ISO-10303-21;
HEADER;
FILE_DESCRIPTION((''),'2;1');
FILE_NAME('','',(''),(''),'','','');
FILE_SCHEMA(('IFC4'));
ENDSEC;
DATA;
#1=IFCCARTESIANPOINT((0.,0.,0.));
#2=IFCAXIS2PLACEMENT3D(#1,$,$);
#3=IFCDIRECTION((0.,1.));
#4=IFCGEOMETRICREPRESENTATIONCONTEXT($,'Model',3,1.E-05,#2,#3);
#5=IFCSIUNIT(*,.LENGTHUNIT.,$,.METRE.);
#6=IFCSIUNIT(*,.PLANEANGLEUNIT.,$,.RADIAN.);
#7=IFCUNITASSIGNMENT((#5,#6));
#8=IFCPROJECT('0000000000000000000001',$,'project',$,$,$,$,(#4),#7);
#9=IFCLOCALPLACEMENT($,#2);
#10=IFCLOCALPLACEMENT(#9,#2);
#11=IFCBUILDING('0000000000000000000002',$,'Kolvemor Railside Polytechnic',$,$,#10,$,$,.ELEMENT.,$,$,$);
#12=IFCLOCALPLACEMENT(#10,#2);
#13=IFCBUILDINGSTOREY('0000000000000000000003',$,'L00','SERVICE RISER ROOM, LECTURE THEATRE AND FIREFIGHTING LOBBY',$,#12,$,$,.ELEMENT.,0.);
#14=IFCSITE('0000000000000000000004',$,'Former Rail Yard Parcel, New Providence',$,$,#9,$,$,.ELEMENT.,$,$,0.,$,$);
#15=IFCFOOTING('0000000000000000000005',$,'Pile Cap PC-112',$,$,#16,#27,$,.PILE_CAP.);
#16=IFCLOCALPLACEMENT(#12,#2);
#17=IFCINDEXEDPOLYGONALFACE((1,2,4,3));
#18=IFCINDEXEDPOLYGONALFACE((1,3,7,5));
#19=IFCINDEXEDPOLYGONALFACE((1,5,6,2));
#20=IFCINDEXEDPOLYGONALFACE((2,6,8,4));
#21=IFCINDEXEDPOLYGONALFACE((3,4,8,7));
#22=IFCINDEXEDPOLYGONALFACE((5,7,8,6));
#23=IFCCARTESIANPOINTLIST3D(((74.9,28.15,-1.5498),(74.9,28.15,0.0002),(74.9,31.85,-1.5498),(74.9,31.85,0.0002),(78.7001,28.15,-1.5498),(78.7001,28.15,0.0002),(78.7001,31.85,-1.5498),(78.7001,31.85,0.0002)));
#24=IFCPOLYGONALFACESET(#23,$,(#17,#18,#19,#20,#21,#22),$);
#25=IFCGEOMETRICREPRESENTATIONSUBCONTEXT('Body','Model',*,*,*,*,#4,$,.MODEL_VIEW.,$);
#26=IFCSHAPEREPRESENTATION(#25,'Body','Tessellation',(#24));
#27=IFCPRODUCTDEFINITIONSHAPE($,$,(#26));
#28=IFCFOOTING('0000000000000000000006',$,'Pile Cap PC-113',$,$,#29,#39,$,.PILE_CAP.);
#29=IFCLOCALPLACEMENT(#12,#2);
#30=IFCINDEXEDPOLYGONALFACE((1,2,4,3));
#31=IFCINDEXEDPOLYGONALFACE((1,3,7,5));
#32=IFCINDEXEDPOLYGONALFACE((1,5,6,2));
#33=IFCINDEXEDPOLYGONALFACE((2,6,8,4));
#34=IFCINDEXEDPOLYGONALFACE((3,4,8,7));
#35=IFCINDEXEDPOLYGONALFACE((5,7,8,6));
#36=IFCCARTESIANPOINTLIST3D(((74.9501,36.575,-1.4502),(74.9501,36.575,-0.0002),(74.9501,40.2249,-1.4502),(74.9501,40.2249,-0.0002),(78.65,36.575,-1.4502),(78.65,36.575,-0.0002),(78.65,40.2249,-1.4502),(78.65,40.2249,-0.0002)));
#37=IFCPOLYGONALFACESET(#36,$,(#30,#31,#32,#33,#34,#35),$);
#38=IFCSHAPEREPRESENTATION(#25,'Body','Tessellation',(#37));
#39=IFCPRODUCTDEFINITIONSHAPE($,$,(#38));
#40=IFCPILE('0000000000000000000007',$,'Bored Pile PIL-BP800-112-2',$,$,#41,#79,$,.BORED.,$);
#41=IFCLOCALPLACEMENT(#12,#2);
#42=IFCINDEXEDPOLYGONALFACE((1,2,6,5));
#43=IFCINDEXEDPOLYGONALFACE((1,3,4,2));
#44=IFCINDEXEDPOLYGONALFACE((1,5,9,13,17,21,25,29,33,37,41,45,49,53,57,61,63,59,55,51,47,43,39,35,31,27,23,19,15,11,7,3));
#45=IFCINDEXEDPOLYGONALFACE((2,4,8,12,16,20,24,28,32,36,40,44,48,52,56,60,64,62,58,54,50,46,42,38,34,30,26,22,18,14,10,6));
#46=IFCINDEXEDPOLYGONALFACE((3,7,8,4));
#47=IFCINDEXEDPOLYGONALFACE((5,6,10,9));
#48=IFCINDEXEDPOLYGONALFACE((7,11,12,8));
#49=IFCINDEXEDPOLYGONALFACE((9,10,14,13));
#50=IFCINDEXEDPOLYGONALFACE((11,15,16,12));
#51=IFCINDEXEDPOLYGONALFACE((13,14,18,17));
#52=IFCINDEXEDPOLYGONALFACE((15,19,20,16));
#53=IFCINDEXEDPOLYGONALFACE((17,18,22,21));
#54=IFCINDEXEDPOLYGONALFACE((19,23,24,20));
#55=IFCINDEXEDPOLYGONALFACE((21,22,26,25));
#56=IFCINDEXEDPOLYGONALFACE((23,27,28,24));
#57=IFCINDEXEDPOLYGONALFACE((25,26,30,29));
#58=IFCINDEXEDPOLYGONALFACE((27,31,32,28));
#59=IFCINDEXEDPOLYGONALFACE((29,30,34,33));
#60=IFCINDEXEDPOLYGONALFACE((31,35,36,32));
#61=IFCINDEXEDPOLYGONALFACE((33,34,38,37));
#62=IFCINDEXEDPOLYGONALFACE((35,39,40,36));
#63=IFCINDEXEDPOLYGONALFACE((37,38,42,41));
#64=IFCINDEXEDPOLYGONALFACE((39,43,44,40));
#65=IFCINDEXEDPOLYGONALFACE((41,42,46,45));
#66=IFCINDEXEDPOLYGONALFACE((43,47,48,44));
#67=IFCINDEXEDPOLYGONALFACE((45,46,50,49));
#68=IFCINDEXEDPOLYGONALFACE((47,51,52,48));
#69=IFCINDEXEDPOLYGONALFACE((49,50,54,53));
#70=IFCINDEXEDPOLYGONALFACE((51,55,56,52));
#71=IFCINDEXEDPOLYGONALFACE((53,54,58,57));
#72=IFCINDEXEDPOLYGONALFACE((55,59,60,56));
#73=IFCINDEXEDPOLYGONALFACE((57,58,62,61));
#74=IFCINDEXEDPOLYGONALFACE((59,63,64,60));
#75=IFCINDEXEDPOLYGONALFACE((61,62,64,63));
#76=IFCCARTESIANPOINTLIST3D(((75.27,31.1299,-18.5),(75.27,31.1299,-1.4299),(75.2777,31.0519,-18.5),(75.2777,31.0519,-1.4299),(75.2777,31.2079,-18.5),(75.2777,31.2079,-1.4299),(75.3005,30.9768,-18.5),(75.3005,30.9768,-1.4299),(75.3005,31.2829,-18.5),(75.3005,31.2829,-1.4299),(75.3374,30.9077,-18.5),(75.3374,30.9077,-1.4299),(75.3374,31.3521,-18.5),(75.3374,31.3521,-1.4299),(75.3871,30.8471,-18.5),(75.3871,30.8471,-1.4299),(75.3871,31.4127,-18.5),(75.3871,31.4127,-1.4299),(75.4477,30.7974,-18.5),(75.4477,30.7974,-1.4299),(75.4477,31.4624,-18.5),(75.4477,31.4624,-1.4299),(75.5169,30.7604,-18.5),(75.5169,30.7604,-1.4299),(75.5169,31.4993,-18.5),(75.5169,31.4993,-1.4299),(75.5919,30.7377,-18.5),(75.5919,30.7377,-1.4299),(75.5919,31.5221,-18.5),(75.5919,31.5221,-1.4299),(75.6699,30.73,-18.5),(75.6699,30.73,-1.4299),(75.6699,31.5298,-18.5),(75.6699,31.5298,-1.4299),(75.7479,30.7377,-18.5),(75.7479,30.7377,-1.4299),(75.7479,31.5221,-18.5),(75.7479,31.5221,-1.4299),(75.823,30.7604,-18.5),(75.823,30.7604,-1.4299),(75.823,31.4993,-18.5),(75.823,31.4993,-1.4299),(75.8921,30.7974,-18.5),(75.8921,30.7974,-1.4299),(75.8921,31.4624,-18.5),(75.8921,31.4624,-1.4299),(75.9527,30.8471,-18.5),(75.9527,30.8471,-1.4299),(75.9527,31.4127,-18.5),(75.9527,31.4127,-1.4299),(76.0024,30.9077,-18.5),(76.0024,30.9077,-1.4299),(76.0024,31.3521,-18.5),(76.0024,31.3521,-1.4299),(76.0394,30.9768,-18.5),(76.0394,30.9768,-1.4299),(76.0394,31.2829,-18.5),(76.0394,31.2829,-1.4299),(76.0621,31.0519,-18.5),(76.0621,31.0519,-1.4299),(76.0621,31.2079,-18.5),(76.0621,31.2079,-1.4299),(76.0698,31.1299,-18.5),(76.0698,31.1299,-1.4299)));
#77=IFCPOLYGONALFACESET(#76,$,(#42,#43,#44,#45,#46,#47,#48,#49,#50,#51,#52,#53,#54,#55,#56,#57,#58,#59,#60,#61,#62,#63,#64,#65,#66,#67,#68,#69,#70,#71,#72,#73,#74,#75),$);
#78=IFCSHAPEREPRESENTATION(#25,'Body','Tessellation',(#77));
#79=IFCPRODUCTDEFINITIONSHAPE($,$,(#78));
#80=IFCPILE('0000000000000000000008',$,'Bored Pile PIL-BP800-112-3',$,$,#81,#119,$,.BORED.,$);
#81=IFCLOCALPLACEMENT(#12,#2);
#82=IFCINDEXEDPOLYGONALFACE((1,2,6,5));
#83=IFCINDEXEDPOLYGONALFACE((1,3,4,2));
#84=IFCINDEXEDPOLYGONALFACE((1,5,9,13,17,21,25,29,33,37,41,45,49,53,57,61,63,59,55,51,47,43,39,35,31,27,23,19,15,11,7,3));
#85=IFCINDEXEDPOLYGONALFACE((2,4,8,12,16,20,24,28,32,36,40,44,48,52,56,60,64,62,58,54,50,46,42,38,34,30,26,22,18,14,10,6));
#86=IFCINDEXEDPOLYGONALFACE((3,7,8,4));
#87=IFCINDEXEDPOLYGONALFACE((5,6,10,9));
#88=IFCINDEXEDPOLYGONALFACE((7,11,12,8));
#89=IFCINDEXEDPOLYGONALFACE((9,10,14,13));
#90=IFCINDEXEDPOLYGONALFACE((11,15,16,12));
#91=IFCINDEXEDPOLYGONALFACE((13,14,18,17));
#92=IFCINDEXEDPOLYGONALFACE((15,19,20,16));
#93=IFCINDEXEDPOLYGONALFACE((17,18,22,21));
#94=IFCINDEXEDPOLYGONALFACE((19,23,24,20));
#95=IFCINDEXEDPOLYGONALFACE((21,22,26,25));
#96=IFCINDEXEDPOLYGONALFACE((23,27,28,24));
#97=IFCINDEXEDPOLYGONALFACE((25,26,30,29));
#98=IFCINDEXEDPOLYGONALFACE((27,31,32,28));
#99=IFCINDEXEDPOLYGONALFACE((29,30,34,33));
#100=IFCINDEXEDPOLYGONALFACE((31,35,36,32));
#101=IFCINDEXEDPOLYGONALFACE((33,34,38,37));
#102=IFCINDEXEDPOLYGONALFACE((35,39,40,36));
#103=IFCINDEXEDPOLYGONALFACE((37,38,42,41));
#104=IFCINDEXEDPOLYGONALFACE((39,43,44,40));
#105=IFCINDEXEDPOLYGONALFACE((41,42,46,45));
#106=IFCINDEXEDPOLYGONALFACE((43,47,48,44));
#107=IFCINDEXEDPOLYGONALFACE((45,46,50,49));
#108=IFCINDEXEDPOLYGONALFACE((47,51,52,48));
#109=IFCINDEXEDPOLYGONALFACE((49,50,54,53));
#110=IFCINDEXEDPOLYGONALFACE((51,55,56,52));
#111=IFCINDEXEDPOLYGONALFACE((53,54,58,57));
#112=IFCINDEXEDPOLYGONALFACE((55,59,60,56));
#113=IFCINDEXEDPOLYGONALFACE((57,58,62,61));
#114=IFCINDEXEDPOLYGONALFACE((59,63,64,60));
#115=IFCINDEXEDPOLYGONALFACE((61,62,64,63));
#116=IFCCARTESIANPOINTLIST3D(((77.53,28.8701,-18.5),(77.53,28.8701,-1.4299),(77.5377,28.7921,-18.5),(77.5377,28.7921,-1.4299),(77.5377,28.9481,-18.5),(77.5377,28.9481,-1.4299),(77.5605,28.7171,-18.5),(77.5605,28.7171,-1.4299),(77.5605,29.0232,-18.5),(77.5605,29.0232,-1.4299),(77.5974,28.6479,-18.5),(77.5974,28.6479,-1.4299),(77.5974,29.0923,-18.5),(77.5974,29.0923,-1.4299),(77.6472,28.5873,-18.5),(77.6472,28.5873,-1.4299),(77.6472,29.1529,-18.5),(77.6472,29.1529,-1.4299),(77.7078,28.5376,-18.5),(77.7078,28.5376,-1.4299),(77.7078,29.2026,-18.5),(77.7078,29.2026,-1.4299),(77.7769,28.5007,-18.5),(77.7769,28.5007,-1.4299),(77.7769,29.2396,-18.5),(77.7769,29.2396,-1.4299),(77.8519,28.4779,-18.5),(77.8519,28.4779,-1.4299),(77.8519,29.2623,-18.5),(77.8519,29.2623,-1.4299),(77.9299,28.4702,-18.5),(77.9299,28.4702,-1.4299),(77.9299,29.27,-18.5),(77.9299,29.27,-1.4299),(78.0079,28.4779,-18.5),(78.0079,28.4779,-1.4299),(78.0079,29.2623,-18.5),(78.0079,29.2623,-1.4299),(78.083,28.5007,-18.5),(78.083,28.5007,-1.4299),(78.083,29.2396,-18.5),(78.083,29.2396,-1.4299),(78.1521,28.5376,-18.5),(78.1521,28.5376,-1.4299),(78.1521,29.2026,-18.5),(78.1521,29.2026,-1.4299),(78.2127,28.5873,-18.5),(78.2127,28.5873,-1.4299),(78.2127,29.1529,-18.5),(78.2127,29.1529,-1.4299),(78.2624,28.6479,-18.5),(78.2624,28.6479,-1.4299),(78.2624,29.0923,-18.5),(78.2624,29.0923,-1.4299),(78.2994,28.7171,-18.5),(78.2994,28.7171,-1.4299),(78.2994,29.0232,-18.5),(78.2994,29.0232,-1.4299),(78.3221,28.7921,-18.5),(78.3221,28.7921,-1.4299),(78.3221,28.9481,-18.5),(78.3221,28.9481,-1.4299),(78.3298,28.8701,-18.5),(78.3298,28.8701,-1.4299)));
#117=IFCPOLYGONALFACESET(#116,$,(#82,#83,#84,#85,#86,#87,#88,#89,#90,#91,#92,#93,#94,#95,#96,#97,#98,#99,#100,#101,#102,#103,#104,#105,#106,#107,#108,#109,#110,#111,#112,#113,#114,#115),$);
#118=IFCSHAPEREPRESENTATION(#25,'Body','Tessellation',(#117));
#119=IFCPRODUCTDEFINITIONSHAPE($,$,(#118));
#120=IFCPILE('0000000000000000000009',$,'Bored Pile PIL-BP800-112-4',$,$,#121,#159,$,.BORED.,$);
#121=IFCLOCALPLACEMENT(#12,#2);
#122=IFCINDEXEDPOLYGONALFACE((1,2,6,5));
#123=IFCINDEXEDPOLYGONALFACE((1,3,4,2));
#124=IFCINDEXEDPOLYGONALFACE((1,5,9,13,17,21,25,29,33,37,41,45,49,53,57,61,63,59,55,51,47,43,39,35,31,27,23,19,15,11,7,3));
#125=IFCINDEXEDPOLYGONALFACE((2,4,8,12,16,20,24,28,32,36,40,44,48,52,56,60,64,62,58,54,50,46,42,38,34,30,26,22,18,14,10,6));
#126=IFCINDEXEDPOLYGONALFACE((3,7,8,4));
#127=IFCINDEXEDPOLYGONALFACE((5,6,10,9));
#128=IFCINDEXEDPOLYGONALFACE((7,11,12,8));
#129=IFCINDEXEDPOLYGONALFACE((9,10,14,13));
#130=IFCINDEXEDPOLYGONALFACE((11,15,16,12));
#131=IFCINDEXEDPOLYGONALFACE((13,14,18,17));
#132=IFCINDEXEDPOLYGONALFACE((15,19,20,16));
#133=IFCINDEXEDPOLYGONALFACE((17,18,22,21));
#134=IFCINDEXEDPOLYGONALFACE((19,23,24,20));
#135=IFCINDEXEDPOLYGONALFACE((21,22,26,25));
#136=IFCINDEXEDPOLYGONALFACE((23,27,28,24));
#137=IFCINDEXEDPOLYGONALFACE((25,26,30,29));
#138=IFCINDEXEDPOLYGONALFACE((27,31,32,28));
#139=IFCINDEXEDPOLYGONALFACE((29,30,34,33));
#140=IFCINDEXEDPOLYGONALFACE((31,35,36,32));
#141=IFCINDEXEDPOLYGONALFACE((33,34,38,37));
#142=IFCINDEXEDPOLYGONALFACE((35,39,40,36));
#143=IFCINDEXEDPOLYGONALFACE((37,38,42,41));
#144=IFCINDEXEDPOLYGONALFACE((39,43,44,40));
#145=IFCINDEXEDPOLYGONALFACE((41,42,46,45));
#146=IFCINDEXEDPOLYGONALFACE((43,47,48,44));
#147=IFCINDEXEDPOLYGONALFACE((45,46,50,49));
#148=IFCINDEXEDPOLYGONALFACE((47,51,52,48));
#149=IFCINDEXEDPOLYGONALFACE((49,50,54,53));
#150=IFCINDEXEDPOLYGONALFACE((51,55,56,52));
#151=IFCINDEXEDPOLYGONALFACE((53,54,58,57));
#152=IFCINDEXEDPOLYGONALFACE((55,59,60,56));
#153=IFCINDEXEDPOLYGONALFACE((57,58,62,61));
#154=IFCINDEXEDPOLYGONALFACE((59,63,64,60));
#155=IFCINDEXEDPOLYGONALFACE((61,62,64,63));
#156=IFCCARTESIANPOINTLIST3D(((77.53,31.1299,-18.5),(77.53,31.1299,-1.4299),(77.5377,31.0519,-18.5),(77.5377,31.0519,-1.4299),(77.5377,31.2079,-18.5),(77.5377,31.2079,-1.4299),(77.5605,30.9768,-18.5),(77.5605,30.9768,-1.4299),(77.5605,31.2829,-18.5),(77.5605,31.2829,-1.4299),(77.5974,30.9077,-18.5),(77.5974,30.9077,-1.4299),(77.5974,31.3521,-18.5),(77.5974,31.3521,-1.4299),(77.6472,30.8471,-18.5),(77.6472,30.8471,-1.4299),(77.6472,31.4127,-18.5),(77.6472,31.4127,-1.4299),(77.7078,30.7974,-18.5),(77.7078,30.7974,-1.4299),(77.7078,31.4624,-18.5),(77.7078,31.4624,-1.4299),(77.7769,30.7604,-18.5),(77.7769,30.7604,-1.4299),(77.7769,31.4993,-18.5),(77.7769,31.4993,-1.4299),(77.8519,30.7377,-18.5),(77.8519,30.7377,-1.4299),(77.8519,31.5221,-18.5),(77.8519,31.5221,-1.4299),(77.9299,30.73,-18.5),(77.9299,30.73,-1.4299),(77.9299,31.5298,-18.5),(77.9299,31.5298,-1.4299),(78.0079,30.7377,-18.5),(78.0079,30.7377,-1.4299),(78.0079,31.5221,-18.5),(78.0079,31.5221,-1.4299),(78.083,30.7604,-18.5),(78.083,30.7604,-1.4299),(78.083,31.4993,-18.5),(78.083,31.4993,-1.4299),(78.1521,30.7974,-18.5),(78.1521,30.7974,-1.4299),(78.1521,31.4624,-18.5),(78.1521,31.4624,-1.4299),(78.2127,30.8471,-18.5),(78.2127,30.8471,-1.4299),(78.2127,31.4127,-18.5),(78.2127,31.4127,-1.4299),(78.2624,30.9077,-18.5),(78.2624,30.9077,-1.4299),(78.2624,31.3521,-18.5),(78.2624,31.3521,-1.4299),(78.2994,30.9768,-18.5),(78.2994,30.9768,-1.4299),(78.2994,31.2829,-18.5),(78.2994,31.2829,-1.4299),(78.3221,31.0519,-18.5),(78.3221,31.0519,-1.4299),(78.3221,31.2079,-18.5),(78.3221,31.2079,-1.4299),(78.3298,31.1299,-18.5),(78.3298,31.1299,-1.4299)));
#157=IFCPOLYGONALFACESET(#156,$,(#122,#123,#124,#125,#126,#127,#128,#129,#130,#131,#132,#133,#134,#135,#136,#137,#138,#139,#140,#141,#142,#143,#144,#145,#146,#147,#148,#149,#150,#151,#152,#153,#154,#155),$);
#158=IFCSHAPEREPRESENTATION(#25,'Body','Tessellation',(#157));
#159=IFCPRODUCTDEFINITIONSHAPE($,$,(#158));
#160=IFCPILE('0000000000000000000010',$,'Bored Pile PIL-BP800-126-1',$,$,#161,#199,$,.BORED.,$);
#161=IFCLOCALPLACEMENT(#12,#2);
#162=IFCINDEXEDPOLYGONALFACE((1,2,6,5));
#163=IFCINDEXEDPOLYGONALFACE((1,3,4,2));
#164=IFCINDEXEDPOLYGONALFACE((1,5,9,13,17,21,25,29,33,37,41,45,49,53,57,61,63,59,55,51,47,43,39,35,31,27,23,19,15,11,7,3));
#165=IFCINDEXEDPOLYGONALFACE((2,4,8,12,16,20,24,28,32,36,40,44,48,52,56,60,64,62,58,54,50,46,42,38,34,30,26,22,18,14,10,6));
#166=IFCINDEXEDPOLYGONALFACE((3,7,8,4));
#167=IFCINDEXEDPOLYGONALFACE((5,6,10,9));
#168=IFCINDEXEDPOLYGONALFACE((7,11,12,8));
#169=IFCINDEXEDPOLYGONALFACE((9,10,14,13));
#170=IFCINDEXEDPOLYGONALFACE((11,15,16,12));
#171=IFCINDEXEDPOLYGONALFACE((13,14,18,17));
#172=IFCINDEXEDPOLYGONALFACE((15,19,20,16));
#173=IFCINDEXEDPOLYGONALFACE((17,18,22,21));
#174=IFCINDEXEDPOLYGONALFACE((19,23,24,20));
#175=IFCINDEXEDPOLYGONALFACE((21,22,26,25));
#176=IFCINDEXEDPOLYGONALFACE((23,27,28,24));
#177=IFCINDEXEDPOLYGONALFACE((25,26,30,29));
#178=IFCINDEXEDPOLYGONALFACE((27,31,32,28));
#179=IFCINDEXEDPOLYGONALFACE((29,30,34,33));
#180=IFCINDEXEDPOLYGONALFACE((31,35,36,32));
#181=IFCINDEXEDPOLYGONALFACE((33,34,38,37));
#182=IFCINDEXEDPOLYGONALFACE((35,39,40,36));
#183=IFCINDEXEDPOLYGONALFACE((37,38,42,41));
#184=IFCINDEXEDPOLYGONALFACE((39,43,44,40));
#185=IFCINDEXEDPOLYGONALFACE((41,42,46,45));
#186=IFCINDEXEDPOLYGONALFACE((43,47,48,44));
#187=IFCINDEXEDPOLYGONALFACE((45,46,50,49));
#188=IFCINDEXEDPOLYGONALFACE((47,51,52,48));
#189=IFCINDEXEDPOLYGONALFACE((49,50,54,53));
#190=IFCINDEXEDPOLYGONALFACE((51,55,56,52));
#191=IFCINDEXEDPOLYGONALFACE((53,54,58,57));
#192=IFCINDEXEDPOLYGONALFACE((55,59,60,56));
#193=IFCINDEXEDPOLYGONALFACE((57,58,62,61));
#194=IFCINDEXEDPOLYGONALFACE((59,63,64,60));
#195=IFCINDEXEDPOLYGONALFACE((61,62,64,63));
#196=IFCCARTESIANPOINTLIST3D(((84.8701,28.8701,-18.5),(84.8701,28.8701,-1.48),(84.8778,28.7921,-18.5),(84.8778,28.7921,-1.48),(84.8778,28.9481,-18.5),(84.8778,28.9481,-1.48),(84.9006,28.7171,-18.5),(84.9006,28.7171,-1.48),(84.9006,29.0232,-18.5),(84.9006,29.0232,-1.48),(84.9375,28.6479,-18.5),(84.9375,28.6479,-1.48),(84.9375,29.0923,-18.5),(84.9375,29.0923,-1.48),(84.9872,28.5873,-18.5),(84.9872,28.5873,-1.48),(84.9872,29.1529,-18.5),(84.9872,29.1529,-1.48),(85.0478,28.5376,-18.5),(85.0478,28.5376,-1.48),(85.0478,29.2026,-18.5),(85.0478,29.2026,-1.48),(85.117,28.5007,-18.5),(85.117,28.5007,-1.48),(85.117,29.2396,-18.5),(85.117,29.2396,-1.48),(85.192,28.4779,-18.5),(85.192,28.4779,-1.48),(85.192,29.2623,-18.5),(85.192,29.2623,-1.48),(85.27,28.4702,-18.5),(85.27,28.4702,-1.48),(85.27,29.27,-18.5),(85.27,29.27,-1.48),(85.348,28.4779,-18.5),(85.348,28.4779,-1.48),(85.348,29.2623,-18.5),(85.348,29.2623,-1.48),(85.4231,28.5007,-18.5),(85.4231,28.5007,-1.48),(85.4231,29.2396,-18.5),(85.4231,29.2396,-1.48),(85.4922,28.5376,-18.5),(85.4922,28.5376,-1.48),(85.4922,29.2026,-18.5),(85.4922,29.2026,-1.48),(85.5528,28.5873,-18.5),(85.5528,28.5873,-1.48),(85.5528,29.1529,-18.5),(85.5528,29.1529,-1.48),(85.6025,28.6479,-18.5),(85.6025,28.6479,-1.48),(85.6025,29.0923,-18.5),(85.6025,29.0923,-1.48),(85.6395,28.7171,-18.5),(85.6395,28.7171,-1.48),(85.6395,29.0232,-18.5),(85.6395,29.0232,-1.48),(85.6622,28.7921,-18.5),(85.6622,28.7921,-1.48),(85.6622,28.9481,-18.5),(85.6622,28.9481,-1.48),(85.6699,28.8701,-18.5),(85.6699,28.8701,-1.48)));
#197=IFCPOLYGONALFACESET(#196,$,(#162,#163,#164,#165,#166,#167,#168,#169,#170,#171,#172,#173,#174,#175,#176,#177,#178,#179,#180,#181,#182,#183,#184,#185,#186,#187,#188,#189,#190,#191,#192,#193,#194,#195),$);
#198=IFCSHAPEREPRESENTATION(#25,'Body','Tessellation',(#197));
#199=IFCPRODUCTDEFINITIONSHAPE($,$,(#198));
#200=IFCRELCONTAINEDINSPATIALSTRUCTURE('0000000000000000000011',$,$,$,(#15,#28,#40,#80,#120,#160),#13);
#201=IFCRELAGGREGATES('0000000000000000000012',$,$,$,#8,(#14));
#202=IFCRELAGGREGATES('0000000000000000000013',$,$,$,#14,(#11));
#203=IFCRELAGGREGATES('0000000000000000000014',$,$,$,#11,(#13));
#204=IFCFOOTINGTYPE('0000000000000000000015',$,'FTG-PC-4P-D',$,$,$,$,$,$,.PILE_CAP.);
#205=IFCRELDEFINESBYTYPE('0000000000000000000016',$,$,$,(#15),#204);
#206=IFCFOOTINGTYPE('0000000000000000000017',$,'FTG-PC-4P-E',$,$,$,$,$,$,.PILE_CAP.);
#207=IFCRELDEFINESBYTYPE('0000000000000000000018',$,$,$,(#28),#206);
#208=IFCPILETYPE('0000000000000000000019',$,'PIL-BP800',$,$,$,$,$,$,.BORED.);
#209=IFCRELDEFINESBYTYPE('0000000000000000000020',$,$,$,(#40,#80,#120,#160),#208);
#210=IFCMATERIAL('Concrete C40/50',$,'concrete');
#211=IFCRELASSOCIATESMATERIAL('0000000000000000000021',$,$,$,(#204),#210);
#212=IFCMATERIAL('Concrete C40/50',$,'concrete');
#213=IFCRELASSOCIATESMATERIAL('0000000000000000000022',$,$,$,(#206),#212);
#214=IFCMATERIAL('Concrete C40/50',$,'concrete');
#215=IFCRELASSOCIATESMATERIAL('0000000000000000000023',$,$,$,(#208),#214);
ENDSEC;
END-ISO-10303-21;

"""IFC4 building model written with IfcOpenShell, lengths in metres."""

from ifc_helpers import new_model, si_unit, direction, frame, origin, origin_2d, place, context, subcontext, project, spatial, rectangle, circle, extrude, material, material_profile, profile_set, type_object, element, save


model = new_model("IFC4")

# Units and contexts
model_context = context("Model", 3, precision=1e-05, world=origin(), true_north=direction((0.0, 1.0)))
body_context = subcontext(model_context, "Body", "Model", "MODEL_VIEW")
ifc_project = project(units=[si_unit("LENGTHUNIT", "METRE"), si_unit("PLANEANGLEUNIT", "RADIAN")], contexts=[model_context])

# Site, building, storey
site_placement = place(None, origin())
site = spatial("IfcSite", under=ifc_project, at=site_placement, Name="Former Rail Yard Parcel, New Providence", CompositionType="ELEMENT", RefElevation=0.0)
building_placement = place(site_placement, origin())
building = spatial("IfcBuilding", under=site, at=building_placement, Name="Kolvemor Railside Polytechnic", CompositionType="ELEMENT")
storey_placement = place(building_placement, origin())
storey = spatial("IfcBuildingStorey", under=building, at=storey_placement, Name="L00", Description="SERVICE RISER ROOM, LECTURE THEATRE AND FIREFIGHTING LOBBY", CompositionType="ELEMENT", Elevation=0.0)

# Footings
ifc_material_1 = material(Name="Concrete C40/50", Category="concrete")
footing_type_1 = type_object("IfcFootingType", Name="FTG-PC-4P-D", PredefinedType="PILE_CAP", material=ifc_material_1)
footing_1_placement = place(storey_placement, frame((76.8, 30.0, -1.5498), z_axis=(0.0, 0.0, 1.0), x_axis=(1.0, 0.0, 0.0)))
element("IfcFooting", 1, at=footing_1_placement, inside=storey, type_object=footing_type_1, Name="Pile Cap PC-112", PredefinedType="PILE_CAP", context=body_context, shape_type="SweptSolid", body=[
    extrude(rectangle(XDim=3.8, YDim=3.7, at=origin_2d()), origin(), (0.0, 0.0, 1.0), 1.55),
])
ifc_material_2 = material(Name="Concrete C40/50", Category="concrete")
footing_type_2 = type_object("IfcFootingType", Name="FTG-PC-4P-E", PredefinedType="PILE_CAP", material=ifc_material_2)
footing_2_placement = place(storey_placement, frame((76.8, 38.3999, -1.4502), z_axis=(0.0, 0.0, 1.0), x_axis=(1.0, 0.0, 0.0)))
element("IfcFooting", 2, at=footing_2_placement, inside=storey, type_object=footing_type_2, Name="Pile Cap PC-113", PredefinedType="PILE_CAP", context=body_context, shape_type="SweptSolid", body=[
    extrude(rectangle(XDim=3.7, YDim=3.6499, at=origin_2d()), origin(), (0.0, 0.0, 1.0), 1.45),
])

# Piles
ifc_material_3 = material(Name="Concrete C40/50", Category="concrete")
ifc_material_profile_1 = material_profile(ifc_material_3, circle(Radius=0.3999, at=origin_2d()), Name="BP800")
ifc_profile_set_1 = profile_set([ifc_material_profile_1], Name="Concrete C40/50")
pile_type_1 = type_object("IfcPileType", Name="PIL-BP800", PredefinedType="BORED", material=ifc_profile_set_1)
for number, where, z_axis, x_axis, name in (
    (3, (75.6699, 31.1299, -1.4299), (0.0, 0.0, -1.0), (1.0, 0.0, 0.0), "Bored Pile PIL-BP800-112-2"),
    (4, (77.9299, 28.8701, -1.4299), (0.0, 0.0, -1.0), (1.0, 0.0, 0.0), "Bored Pile PIL-BP800-112-3"),
    (5, (77.9299, 31.1299, -1.4299), (0.0, 0.0, -1.0), (1.0, 0.0, 0.0), "Bored Pile PIL-BP800-112-4"),
):
    element("IfcPile", number, at=place(storey_placement, frame(where, z_axis=z_axis, x_axis=x_axis)), inside=storey, type_object=pile_type_1, Name=name, PredefinedType="BORED", context=body_context, shape_type="SweptSolid", body=[
        extrude(circle(Radius=0.3999, at=origin_2d()), origin(), (0.0, 0.0, 1.0), 17.0701),
    ])
for number, where, z_axis, x_axis, name in (
    (6, (85.27, 28.8701, -1.48), (0.0, 0.0, -1.0), (1.0, 0.0, 0.0), "Bored Pile PIL-BP800-126-1"),
):
    element("IfcPile", number, at=place(storey_placement, frame(where, z_axis=z_axis, x_axis=x_axis)), inside=storey, type_object=pile_type_1, Name=name, PredefinedType="BORED", context=body_context, shape_type="SweptSolid", body=[
        extrude(circle(Radius=0.3999, at=origin_2d()), origin(), (0.0, 0.0, 1.0), 17.02),
    ])

save(model, "model.ifc")
